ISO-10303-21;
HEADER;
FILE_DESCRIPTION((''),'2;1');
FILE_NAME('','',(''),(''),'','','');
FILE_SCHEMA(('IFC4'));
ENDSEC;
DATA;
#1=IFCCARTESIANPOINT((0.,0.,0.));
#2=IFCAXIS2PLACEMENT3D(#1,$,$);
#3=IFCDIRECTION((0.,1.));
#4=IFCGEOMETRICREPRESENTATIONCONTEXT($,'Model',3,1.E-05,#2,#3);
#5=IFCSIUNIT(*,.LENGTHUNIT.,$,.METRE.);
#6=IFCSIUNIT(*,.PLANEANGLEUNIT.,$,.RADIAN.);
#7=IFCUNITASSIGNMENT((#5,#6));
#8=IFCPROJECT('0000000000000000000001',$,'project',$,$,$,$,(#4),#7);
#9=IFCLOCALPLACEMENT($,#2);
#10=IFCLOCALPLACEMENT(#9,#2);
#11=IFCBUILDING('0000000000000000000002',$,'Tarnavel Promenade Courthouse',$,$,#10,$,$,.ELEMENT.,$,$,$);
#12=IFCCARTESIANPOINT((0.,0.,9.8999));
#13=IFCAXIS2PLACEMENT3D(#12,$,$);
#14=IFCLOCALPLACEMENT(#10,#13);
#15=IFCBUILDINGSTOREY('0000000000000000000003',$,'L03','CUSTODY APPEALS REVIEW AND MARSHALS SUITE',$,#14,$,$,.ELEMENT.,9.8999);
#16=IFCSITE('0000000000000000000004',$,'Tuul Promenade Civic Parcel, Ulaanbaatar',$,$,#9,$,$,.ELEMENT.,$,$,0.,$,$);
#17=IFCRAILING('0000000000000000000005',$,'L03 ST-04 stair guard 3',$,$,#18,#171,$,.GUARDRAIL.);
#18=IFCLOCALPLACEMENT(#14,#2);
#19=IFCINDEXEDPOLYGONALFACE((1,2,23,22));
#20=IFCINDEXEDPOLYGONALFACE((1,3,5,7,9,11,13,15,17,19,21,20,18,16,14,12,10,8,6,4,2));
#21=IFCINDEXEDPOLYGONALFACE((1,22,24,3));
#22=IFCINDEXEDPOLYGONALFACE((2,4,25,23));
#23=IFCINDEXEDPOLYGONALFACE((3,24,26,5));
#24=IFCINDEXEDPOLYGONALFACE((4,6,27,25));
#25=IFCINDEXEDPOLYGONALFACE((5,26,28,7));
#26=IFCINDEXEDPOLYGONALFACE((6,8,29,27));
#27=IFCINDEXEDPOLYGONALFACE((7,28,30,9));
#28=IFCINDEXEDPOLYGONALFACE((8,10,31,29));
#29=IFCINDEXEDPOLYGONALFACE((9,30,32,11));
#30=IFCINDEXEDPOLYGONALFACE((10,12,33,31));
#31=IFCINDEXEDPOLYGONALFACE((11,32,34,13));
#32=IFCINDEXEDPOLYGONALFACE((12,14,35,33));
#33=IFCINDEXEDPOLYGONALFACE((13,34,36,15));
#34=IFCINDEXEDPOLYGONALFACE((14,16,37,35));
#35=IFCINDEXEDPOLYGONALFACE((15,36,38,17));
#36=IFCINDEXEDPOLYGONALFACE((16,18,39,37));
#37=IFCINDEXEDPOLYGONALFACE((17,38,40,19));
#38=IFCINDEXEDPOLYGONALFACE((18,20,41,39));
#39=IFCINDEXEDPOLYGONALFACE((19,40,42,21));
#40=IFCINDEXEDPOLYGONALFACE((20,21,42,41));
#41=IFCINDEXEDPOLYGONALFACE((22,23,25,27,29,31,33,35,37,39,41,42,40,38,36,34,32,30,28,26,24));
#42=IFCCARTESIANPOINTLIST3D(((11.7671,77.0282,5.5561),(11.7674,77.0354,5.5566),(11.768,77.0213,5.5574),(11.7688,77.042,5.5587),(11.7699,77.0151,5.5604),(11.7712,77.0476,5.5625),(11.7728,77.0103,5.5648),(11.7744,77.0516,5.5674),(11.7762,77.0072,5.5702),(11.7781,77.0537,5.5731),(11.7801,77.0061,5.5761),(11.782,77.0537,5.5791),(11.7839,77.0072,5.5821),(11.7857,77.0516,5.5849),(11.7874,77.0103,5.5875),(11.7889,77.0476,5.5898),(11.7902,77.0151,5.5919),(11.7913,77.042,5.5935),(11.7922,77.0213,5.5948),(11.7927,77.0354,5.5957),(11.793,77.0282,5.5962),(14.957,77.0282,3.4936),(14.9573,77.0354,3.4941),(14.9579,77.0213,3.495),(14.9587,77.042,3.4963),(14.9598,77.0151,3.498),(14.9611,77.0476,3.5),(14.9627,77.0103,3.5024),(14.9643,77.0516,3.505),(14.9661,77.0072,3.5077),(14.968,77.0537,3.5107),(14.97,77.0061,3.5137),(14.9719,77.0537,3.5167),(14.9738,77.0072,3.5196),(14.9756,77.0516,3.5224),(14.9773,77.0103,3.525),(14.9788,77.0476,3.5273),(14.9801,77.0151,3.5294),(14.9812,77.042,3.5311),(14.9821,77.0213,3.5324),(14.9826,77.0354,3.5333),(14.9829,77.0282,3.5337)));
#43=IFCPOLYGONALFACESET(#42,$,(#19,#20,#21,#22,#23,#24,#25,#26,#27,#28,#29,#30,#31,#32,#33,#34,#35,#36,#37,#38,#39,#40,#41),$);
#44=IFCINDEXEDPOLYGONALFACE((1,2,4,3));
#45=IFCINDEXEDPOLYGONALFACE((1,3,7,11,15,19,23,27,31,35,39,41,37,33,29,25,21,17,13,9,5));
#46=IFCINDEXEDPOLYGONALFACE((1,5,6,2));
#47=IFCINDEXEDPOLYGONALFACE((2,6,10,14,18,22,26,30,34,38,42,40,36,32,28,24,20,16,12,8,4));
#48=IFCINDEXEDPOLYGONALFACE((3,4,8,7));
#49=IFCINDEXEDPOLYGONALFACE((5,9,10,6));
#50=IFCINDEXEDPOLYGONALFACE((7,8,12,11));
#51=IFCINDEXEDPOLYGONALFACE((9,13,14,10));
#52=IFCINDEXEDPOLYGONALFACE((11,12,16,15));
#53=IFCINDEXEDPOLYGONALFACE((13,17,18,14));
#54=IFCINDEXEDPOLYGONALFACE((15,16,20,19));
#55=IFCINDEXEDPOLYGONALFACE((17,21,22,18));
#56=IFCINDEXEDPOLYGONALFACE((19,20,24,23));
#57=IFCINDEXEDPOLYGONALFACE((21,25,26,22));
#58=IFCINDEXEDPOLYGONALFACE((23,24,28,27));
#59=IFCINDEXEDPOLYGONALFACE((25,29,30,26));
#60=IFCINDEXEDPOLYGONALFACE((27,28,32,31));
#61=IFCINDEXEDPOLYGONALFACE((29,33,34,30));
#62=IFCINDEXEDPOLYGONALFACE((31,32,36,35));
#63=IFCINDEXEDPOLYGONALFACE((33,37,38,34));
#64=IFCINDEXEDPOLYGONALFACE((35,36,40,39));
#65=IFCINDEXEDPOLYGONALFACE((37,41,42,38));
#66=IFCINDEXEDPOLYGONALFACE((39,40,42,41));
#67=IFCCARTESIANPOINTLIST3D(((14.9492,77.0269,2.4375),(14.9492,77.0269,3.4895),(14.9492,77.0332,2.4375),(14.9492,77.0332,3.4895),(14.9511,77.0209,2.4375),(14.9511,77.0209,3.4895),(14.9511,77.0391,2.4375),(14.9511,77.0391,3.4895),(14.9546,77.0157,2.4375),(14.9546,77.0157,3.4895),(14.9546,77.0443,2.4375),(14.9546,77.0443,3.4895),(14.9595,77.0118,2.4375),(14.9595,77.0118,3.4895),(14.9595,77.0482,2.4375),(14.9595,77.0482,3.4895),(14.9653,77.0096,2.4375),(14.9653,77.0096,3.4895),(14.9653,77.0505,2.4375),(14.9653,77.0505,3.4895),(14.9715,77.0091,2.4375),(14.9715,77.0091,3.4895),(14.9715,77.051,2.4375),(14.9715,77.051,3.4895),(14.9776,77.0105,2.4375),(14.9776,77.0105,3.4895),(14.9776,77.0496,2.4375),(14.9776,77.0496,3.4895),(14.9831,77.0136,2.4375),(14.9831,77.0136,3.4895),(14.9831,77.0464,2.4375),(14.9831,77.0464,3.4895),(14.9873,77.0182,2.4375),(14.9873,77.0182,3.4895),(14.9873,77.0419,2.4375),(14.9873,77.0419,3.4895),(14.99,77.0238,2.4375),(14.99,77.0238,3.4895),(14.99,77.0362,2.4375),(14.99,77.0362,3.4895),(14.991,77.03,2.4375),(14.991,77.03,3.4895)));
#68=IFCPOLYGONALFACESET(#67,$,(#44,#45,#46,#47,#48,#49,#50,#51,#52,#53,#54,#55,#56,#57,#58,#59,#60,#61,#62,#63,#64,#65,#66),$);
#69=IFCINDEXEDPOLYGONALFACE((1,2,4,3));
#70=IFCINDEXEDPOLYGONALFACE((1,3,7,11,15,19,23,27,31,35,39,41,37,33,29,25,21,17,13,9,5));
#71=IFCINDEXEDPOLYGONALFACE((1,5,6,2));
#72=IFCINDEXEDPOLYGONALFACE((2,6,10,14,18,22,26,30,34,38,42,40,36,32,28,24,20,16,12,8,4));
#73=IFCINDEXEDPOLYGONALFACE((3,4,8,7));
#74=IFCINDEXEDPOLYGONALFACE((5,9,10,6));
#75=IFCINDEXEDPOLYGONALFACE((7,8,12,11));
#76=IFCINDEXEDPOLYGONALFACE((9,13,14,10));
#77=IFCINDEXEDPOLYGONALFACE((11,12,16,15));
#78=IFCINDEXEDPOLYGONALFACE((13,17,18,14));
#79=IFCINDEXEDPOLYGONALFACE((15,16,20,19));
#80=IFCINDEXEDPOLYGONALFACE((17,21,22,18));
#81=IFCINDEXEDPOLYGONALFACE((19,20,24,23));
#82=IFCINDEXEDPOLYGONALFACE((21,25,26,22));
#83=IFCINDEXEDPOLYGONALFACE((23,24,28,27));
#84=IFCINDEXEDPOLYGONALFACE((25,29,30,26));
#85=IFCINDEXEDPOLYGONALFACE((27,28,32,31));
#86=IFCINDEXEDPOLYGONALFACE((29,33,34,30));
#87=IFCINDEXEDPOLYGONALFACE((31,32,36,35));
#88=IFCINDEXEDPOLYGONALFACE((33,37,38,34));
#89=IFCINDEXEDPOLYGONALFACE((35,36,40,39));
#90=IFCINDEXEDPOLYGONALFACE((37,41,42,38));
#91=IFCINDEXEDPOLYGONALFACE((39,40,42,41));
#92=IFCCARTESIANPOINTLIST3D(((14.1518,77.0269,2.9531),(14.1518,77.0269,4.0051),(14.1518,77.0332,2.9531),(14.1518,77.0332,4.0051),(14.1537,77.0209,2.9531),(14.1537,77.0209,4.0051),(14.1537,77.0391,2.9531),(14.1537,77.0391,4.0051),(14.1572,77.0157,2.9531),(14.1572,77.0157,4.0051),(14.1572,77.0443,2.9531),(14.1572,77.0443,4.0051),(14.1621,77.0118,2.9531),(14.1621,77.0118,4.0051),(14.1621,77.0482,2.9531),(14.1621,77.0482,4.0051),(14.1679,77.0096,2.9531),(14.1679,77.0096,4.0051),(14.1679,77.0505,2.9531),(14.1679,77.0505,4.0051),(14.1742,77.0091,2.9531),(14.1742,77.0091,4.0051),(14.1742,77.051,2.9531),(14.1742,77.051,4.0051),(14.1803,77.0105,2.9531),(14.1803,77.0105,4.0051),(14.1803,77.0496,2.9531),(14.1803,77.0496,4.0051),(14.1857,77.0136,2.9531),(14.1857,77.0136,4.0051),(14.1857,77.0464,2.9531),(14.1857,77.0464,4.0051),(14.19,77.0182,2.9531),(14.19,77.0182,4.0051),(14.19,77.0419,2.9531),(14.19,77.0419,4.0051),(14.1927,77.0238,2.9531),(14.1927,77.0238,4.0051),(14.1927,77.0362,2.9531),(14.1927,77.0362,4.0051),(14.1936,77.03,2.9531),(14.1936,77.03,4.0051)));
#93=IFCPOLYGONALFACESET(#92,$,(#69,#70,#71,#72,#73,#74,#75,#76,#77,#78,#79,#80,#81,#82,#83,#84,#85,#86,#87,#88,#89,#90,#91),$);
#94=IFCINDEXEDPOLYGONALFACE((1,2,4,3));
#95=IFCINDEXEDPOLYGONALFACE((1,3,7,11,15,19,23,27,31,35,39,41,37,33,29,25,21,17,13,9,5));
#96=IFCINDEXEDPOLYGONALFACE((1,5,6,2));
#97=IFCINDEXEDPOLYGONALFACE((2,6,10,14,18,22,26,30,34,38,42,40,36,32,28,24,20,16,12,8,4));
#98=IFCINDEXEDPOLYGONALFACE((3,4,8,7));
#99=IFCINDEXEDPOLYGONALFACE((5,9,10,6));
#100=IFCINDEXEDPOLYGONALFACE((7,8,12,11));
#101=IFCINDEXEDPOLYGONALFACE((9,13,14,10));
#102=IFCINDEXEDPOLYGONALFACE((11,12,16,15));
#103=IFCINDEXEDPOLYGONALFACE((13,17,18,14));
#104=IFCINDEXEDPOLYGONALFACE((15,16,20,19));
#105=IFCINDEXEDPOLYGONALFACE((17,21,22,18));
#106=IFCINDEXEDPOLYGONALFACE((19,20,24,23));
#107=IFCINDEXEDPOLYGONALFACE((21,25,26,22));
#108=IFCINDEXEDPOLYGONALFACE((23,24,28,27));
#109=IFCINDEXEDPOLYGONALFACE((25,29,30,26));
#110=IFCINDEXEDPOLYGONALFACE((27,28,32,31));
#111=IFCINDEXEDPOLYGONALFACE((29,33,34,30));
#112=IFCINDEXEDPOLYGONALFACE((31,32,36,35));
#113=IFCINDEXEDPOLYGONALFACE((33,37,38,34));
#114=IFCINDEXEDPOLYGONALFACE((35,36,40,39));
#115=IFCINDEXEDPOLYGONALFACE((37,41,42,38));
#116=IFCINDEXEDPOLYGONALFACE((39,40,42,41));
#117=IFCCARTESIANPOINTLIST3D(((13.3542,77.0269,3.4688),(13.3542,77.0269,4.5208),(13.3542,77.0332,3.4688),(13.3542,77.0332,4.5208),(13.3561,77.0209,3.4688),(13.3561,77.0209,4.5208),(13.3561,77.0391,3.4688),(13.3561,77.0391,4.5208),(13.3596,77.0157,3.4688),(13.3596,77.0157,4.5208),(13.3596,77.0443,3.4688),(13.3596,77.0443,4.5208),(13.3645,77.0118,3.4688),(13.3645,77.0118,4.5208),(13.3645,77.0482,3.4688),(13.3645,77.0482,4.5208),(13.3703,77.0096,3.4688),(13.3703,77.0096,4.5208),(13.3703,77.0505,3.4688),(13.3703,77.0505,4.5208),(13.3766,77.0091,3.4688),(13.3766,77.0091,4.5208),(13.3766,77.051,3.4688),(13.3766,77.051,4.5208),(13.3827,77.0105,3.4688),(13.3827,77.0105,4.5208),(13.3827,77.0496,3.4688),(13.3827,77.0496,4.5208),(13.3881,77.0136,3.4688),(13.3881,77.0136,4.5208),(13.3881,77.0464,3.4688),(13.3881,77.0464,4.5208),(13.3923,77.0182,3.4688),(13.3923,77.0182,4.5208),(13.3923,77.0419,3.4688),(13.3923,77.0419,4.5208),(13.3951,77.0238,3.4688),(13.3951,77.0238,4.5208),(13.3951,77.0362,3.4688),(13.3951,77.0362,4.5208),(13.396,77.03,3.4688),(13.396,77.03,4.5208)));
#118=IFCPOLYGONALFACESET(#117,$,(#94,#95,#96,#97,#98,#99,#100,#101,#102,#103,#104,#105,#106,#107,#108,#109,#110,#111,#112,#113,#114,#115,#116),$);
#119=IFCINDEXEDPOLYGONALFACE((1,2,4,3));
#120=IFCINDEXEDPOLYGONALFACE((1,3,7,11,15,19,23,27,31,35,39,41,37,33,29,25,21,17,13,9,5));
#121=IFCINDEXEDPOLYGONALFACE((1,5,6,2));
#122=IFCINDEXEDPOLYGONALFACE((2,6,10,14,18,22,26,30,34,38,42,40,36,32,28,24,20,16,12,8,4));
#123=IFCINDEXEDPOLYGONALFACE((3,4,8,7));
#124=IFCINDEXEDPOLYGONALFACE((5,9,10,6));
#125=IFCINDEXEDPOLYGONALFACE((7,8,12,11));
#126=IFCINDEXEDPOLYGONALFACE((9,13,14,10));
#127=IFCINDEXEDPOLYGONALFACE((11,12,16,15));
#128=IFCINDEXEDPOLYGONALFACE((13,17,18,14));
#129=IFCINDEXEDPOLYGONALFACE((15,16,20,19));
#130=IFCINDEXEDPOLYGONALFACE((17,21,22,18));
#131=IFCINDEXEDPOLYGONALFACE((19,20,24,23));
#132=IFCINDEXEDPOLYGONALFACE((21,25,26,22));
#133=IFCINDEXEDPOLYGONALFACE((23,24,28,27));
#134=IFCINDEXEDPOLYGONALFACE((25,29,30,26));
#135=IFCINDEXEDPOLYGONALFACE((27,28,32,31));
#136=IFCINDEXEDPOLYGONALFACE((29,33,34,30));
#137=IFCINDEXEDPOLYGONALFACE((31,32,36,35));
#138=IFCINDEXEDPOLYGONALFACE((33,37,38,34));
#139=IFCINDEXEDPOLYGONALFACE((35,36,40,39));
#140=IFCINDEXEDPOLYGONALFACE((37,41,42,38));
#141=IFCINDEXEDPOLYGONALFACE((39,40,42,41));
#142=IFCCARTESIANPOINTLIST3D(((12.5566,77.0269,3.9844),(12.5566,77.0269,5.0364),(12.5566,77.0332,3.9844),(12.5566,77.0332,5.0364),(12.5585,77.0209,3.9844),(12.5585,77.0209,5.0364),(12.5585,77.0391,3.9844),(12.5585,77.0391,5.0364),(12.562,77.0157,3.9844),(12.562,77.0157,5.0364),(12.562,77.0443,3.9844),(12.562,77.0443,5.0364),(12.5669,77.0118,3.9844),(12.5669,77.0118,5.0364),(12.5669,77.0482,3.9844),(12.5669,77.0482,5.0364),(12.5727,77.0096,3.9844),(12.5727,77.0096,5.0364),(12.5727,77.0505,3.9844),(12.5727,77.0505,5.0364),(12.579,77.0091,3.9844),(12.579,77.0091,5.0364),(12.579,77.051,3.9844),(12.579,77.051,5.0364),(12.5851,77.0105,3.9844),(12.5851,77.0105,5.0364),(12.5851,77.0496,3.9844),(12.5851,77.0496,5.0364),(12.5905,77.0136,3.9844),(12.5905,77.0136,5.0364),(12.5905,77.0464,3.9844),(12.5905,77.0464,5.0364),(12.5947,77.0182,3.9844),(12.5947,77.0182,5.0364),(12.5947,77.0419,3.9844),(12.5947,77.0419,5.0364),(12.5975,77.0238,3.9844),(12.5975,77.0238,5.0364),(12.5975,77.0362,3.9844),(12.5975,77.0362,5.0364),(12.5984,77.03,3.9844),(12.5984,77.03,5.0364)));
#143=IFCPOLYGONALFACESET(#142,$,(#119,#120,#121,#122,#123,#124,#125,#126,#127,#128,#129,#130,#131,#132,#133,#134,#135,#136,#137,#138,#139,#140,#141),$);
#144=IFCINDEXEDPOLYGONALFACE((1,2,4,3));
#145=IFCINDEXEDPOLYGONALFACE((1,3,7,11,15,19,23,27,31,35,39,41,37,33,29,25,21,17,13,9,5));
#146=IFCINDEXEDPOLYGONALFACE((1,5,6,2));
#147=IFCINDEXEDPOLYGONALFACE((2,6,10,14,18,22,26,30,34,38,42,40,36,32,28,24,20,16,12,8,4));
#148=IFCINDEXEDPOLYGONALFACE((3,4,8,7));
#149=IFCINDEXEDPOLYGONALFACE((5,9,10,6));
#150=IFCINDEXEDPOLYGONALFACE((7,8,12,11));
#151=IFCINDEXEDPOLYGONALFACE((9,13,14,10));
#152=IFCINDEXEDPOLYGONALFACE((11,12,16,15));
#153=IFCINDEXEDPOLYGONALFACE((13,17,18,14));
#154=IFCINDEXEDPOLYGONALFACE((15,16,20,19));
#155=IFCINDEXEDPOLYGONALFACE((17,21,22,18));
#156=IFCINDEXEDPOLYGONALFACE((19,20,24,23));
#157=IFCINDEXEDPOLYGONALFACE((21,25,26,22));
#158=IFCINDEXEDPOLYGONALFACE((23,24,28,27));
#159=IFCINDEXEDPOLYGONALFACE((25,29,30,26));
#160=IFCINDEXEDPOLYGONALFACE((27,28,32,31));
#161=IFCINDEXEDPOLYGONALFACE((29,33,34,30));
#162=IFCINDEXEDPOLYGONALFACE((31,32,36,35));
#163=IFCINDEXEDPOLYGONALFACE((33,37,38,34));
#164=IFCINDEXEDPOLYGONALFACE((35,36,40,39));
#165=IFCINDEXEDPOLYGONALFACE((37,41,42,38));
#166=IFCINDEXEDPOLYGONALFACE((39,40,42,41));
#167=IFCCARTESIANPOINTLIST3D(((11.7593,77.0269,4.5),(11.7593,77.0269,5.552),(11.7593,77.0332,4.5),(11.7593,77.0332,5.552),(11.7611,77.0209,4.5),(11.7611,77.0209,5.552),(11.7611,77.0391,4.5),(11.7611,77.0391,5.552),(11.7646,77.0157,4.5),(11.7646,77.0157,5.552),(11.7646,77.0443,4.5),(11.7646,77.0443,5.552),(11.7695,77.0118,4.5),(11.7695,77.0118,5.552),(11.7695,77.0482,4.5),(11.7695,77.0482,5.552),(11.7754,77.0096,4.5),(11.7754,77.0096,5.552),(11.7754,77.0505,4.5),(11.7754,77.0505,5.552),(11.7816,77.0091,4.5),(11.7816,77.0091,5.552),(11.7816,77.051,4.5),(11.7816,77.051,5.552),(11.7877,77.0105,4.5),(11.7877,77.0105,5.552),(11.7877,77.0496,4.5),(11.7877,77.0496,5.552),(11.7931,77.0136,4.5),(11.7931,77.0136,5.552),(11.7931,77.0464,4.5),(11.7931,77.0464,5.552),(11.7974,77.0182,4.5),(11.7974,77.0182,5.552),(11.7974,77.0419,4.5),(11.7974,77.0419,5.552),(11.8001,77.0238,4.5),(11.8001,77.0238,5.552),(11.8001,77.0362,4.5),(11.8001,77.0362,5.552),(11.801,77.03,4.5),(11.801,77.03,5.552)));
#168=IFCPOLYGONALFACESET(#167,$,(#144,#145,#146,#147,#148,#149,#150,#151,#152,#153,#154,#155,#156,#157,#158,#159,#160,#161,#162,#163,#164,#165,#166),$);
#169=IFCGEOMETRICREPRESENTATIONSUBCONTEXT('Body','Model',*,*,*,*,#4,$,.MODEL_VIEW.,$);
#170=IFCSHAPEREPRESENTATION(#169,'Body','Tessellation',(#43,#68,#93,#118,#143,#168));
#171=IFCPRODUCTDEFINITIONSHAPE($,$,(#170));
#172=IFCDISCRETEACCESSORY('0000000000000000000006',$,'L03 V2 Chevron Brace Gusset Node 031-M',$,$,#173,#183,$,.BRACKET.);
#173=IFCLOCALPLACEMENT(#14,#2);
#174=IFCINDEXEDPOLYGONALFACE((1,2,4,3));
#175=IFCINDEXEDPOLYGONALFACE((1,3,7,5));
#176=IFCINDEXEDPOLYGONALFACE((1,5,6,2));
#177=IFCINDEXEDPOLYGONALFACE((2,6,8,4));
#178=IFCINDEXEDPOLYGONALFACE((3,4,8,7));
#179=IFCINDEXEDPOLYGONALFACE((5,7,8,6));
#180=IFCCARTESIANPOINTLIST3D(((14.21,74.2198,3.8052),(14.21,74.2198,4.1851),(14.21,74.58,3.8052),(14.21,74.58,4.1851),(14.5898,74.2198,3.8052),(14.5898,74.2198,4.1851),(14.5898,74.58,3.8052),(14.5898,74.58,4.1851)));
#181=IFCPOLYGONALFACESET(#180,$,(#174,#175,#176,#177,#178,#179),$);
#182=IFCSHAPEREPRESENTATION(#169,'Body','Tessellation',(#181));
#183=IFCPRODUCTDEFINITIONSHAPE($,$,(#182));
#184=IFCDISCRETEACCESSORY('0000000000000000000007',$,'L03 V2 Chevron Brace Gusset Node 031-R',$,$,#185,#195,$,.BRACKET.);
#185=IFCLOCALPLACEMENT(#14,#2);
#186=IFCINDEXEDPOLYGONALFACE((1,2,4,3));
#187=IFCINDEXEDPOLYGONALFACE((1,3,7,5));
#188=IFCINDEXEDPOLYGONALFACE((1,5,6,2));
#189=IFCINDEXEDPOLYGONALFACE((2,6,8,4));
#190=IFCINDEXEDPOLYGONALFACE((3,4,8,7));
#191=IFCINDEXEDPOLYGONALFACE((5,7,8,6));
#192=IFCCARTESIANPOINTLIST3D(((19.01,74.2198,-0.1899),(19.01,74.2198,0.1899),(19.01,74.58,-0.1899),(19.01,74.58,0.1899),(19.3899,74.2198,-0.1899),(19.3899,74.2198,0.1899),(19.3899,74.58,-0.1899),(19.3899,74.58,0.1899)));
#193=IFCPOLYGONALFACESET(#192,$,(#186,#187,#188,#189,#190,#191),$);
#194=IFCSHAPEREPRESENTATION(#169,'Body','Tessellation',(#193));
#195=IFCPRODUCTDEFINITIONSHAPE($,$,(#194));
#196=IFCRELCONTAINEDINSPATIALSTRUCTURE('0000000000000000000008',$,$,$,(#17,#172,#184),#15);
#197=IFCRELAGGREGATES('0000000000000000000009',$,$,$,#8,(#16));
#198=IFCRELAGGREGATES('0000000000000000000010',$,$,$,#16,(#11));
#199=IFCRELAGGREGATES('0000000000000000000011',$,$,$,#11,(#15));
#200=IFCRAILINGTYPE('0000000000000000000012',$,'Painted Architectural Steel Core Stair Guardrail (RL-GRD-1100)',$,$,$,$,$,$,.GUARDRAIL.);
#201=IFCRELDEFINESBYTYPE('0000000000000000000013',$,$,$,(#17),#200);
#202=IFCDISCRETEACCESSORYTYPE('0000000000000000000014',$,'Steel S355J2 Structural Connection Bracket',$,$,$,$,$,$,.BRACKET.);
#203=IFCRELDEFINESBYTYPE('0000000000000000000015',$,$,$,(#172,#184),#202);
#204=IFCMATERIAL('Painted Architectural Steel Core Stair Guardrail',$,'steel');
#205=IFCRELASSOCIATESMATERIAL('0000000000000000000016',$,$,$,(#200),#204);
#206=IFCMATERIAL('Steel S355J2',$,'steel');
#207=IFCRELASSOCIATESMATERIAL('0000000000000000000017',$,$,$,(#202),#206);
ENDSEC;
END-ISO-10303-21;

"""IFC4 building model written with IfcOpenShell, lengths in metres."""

from ifc_helpers import new_model, si_unit, direction, frame, origin, origin_2d, place, context, subcontext, project, spatial, rectangle, circle, extrude, material, type_object, element, save


model = new_model("IFC4")

# Units and contexts
model_context = context("Model", 3, precision=1e-05, world=origin(), true_north=direction((0.0, 1.0)))
body_context = subcontext(model_context, "Body", "Model", "MODEL_VIEW")
ifc_project = project(units=[si_unit("LENGTHUNIT", "METRE"), si_unit("PLANEANGLEUNIT", "RADIAN")], contexts=[model_context])

# Site, building, storey
site_placement = place(None, origin())
site = spatial("IfcSite", under=ifc_project, at=site_placement, Name="Tuul Promenade Civic Parcel, Ulaanbaatar", CompositionType="ELEMENT", RefElevation=0.0)
building_placement = place(site_placement, origin())
building = spatial("IfcBuilding", under=site, at=building_placement, Name="Tarnavel Promenade Courthouse", CompositionType="ELEMENT")
storey_placement = place(building_placement, frame((0.0, 0.0, 9.8999)))
storey = spatial("IfcBuildingStorey", under=building, at=storey_placement, Name="L03", Description="CUSTODY APPEALS REVIEW AND MARSHALS SUITE", CompositionType="ELEMENT", Elevation=9.8999)

# Shared definitions
ifc_material_1 = material(Name="Steel S355J2", Category="steel")

# Railing
ifc_material_2 = material(Name="Painted Architectural Steel Core Stair Guardrail", Category="steel")
railing_type_1 = type_object("IfcRailingType", Name="Painted Architectural Steel Core Stair Guardrail (RL-GRD-1100)", PredefinedType="GUARDRAIL", material=ifc_material_2)
railing_1_placement = place(storey_placement, frame((14.97, 77.03, 2.4375)))
element("IfcRailing", 1, at=railing_1_placement, inside=storey, type_object=railing_type_1, Name="L03 ST-04 stair guard 3", PredefinedType="GUARDRAIL", context=body_context, shape_type="SweptSolid", body=[
    extrude(circle(Radius=0.0239, at=origin_2d()), frame((0.0, 0.0, 1.0762), z_axis=(-0.83976, 0.0, 0.542958), x_axis=(0.0, -1.0, 0.0)), (0.0, 0.0, 1.0), 3.7986),
    extrude(circle(Radius=0.021, at=origin_2d()), origin(), (0.0, 0.0, 1.0), 1.052),
    extrude(circle(Radius=0.021, at=origin_2d()), frame((-0.7974, 0.0, 0.5156)), (0.0, 0.0, 1.0), 1.052),
    extrude(circle(Radius=0.021, at=origin_2d()), frame((-1.595, 0.0, 1.0312)), (0.0, 0.0, 1.0), 1.052),
    extrude(circle(Radius=0.021, at=origin_2d()), frame((-2.3926, 0.0, 1.5469)), (0.0, 0.0, 1.0), 1.052),
    extrude(circle(Radius=0.021, at=origin_2d()), frame((-3.1899, 0.0, 2.0625)), (0.0, 0.0, 1.0), 1.052),
])

# Discrete accessories
discrete_accessory_type = type_object("IfcDiscreteAccessoryType", Name="Steel S355J2 Structural Connection Bracket", PredefinedType="BRACKET", material=ifc_material_1)
for number, where, z_axis, x_axis, name in (
    (2, (14.3999, 74.3999, 3.8052), (0.0, 0.0, 1.0), (1.0, 0.0, 0.0), "L03 V2 Chevron Brace Gusset Node 031-M"),
    (3, (19.2, 74.3999, -0.1899), (0.0, 0.0, 1.0), (1.0, 0.0, 0.0), "L03 V2 Chevron Brace Gusset Node 031-R"),
):
    element("IfcDiscreteAccessory", number, at=place(storey_placement, frame(where, z_axis=z_axis, x_axis=x_axis)), inside=storey, type_object=discrete_accessory_type, Name=name, PredefinedType="BRACKET", context=body_context, shape_type="SweptSolid", body=[
        extrude(rectangle(XDim=0.3799, YDim=0.3601, at=origin_2d()), origin(), (0.0, 0.0, 1.0), 0.3799),
    ])

save(model, "model.ifc")
